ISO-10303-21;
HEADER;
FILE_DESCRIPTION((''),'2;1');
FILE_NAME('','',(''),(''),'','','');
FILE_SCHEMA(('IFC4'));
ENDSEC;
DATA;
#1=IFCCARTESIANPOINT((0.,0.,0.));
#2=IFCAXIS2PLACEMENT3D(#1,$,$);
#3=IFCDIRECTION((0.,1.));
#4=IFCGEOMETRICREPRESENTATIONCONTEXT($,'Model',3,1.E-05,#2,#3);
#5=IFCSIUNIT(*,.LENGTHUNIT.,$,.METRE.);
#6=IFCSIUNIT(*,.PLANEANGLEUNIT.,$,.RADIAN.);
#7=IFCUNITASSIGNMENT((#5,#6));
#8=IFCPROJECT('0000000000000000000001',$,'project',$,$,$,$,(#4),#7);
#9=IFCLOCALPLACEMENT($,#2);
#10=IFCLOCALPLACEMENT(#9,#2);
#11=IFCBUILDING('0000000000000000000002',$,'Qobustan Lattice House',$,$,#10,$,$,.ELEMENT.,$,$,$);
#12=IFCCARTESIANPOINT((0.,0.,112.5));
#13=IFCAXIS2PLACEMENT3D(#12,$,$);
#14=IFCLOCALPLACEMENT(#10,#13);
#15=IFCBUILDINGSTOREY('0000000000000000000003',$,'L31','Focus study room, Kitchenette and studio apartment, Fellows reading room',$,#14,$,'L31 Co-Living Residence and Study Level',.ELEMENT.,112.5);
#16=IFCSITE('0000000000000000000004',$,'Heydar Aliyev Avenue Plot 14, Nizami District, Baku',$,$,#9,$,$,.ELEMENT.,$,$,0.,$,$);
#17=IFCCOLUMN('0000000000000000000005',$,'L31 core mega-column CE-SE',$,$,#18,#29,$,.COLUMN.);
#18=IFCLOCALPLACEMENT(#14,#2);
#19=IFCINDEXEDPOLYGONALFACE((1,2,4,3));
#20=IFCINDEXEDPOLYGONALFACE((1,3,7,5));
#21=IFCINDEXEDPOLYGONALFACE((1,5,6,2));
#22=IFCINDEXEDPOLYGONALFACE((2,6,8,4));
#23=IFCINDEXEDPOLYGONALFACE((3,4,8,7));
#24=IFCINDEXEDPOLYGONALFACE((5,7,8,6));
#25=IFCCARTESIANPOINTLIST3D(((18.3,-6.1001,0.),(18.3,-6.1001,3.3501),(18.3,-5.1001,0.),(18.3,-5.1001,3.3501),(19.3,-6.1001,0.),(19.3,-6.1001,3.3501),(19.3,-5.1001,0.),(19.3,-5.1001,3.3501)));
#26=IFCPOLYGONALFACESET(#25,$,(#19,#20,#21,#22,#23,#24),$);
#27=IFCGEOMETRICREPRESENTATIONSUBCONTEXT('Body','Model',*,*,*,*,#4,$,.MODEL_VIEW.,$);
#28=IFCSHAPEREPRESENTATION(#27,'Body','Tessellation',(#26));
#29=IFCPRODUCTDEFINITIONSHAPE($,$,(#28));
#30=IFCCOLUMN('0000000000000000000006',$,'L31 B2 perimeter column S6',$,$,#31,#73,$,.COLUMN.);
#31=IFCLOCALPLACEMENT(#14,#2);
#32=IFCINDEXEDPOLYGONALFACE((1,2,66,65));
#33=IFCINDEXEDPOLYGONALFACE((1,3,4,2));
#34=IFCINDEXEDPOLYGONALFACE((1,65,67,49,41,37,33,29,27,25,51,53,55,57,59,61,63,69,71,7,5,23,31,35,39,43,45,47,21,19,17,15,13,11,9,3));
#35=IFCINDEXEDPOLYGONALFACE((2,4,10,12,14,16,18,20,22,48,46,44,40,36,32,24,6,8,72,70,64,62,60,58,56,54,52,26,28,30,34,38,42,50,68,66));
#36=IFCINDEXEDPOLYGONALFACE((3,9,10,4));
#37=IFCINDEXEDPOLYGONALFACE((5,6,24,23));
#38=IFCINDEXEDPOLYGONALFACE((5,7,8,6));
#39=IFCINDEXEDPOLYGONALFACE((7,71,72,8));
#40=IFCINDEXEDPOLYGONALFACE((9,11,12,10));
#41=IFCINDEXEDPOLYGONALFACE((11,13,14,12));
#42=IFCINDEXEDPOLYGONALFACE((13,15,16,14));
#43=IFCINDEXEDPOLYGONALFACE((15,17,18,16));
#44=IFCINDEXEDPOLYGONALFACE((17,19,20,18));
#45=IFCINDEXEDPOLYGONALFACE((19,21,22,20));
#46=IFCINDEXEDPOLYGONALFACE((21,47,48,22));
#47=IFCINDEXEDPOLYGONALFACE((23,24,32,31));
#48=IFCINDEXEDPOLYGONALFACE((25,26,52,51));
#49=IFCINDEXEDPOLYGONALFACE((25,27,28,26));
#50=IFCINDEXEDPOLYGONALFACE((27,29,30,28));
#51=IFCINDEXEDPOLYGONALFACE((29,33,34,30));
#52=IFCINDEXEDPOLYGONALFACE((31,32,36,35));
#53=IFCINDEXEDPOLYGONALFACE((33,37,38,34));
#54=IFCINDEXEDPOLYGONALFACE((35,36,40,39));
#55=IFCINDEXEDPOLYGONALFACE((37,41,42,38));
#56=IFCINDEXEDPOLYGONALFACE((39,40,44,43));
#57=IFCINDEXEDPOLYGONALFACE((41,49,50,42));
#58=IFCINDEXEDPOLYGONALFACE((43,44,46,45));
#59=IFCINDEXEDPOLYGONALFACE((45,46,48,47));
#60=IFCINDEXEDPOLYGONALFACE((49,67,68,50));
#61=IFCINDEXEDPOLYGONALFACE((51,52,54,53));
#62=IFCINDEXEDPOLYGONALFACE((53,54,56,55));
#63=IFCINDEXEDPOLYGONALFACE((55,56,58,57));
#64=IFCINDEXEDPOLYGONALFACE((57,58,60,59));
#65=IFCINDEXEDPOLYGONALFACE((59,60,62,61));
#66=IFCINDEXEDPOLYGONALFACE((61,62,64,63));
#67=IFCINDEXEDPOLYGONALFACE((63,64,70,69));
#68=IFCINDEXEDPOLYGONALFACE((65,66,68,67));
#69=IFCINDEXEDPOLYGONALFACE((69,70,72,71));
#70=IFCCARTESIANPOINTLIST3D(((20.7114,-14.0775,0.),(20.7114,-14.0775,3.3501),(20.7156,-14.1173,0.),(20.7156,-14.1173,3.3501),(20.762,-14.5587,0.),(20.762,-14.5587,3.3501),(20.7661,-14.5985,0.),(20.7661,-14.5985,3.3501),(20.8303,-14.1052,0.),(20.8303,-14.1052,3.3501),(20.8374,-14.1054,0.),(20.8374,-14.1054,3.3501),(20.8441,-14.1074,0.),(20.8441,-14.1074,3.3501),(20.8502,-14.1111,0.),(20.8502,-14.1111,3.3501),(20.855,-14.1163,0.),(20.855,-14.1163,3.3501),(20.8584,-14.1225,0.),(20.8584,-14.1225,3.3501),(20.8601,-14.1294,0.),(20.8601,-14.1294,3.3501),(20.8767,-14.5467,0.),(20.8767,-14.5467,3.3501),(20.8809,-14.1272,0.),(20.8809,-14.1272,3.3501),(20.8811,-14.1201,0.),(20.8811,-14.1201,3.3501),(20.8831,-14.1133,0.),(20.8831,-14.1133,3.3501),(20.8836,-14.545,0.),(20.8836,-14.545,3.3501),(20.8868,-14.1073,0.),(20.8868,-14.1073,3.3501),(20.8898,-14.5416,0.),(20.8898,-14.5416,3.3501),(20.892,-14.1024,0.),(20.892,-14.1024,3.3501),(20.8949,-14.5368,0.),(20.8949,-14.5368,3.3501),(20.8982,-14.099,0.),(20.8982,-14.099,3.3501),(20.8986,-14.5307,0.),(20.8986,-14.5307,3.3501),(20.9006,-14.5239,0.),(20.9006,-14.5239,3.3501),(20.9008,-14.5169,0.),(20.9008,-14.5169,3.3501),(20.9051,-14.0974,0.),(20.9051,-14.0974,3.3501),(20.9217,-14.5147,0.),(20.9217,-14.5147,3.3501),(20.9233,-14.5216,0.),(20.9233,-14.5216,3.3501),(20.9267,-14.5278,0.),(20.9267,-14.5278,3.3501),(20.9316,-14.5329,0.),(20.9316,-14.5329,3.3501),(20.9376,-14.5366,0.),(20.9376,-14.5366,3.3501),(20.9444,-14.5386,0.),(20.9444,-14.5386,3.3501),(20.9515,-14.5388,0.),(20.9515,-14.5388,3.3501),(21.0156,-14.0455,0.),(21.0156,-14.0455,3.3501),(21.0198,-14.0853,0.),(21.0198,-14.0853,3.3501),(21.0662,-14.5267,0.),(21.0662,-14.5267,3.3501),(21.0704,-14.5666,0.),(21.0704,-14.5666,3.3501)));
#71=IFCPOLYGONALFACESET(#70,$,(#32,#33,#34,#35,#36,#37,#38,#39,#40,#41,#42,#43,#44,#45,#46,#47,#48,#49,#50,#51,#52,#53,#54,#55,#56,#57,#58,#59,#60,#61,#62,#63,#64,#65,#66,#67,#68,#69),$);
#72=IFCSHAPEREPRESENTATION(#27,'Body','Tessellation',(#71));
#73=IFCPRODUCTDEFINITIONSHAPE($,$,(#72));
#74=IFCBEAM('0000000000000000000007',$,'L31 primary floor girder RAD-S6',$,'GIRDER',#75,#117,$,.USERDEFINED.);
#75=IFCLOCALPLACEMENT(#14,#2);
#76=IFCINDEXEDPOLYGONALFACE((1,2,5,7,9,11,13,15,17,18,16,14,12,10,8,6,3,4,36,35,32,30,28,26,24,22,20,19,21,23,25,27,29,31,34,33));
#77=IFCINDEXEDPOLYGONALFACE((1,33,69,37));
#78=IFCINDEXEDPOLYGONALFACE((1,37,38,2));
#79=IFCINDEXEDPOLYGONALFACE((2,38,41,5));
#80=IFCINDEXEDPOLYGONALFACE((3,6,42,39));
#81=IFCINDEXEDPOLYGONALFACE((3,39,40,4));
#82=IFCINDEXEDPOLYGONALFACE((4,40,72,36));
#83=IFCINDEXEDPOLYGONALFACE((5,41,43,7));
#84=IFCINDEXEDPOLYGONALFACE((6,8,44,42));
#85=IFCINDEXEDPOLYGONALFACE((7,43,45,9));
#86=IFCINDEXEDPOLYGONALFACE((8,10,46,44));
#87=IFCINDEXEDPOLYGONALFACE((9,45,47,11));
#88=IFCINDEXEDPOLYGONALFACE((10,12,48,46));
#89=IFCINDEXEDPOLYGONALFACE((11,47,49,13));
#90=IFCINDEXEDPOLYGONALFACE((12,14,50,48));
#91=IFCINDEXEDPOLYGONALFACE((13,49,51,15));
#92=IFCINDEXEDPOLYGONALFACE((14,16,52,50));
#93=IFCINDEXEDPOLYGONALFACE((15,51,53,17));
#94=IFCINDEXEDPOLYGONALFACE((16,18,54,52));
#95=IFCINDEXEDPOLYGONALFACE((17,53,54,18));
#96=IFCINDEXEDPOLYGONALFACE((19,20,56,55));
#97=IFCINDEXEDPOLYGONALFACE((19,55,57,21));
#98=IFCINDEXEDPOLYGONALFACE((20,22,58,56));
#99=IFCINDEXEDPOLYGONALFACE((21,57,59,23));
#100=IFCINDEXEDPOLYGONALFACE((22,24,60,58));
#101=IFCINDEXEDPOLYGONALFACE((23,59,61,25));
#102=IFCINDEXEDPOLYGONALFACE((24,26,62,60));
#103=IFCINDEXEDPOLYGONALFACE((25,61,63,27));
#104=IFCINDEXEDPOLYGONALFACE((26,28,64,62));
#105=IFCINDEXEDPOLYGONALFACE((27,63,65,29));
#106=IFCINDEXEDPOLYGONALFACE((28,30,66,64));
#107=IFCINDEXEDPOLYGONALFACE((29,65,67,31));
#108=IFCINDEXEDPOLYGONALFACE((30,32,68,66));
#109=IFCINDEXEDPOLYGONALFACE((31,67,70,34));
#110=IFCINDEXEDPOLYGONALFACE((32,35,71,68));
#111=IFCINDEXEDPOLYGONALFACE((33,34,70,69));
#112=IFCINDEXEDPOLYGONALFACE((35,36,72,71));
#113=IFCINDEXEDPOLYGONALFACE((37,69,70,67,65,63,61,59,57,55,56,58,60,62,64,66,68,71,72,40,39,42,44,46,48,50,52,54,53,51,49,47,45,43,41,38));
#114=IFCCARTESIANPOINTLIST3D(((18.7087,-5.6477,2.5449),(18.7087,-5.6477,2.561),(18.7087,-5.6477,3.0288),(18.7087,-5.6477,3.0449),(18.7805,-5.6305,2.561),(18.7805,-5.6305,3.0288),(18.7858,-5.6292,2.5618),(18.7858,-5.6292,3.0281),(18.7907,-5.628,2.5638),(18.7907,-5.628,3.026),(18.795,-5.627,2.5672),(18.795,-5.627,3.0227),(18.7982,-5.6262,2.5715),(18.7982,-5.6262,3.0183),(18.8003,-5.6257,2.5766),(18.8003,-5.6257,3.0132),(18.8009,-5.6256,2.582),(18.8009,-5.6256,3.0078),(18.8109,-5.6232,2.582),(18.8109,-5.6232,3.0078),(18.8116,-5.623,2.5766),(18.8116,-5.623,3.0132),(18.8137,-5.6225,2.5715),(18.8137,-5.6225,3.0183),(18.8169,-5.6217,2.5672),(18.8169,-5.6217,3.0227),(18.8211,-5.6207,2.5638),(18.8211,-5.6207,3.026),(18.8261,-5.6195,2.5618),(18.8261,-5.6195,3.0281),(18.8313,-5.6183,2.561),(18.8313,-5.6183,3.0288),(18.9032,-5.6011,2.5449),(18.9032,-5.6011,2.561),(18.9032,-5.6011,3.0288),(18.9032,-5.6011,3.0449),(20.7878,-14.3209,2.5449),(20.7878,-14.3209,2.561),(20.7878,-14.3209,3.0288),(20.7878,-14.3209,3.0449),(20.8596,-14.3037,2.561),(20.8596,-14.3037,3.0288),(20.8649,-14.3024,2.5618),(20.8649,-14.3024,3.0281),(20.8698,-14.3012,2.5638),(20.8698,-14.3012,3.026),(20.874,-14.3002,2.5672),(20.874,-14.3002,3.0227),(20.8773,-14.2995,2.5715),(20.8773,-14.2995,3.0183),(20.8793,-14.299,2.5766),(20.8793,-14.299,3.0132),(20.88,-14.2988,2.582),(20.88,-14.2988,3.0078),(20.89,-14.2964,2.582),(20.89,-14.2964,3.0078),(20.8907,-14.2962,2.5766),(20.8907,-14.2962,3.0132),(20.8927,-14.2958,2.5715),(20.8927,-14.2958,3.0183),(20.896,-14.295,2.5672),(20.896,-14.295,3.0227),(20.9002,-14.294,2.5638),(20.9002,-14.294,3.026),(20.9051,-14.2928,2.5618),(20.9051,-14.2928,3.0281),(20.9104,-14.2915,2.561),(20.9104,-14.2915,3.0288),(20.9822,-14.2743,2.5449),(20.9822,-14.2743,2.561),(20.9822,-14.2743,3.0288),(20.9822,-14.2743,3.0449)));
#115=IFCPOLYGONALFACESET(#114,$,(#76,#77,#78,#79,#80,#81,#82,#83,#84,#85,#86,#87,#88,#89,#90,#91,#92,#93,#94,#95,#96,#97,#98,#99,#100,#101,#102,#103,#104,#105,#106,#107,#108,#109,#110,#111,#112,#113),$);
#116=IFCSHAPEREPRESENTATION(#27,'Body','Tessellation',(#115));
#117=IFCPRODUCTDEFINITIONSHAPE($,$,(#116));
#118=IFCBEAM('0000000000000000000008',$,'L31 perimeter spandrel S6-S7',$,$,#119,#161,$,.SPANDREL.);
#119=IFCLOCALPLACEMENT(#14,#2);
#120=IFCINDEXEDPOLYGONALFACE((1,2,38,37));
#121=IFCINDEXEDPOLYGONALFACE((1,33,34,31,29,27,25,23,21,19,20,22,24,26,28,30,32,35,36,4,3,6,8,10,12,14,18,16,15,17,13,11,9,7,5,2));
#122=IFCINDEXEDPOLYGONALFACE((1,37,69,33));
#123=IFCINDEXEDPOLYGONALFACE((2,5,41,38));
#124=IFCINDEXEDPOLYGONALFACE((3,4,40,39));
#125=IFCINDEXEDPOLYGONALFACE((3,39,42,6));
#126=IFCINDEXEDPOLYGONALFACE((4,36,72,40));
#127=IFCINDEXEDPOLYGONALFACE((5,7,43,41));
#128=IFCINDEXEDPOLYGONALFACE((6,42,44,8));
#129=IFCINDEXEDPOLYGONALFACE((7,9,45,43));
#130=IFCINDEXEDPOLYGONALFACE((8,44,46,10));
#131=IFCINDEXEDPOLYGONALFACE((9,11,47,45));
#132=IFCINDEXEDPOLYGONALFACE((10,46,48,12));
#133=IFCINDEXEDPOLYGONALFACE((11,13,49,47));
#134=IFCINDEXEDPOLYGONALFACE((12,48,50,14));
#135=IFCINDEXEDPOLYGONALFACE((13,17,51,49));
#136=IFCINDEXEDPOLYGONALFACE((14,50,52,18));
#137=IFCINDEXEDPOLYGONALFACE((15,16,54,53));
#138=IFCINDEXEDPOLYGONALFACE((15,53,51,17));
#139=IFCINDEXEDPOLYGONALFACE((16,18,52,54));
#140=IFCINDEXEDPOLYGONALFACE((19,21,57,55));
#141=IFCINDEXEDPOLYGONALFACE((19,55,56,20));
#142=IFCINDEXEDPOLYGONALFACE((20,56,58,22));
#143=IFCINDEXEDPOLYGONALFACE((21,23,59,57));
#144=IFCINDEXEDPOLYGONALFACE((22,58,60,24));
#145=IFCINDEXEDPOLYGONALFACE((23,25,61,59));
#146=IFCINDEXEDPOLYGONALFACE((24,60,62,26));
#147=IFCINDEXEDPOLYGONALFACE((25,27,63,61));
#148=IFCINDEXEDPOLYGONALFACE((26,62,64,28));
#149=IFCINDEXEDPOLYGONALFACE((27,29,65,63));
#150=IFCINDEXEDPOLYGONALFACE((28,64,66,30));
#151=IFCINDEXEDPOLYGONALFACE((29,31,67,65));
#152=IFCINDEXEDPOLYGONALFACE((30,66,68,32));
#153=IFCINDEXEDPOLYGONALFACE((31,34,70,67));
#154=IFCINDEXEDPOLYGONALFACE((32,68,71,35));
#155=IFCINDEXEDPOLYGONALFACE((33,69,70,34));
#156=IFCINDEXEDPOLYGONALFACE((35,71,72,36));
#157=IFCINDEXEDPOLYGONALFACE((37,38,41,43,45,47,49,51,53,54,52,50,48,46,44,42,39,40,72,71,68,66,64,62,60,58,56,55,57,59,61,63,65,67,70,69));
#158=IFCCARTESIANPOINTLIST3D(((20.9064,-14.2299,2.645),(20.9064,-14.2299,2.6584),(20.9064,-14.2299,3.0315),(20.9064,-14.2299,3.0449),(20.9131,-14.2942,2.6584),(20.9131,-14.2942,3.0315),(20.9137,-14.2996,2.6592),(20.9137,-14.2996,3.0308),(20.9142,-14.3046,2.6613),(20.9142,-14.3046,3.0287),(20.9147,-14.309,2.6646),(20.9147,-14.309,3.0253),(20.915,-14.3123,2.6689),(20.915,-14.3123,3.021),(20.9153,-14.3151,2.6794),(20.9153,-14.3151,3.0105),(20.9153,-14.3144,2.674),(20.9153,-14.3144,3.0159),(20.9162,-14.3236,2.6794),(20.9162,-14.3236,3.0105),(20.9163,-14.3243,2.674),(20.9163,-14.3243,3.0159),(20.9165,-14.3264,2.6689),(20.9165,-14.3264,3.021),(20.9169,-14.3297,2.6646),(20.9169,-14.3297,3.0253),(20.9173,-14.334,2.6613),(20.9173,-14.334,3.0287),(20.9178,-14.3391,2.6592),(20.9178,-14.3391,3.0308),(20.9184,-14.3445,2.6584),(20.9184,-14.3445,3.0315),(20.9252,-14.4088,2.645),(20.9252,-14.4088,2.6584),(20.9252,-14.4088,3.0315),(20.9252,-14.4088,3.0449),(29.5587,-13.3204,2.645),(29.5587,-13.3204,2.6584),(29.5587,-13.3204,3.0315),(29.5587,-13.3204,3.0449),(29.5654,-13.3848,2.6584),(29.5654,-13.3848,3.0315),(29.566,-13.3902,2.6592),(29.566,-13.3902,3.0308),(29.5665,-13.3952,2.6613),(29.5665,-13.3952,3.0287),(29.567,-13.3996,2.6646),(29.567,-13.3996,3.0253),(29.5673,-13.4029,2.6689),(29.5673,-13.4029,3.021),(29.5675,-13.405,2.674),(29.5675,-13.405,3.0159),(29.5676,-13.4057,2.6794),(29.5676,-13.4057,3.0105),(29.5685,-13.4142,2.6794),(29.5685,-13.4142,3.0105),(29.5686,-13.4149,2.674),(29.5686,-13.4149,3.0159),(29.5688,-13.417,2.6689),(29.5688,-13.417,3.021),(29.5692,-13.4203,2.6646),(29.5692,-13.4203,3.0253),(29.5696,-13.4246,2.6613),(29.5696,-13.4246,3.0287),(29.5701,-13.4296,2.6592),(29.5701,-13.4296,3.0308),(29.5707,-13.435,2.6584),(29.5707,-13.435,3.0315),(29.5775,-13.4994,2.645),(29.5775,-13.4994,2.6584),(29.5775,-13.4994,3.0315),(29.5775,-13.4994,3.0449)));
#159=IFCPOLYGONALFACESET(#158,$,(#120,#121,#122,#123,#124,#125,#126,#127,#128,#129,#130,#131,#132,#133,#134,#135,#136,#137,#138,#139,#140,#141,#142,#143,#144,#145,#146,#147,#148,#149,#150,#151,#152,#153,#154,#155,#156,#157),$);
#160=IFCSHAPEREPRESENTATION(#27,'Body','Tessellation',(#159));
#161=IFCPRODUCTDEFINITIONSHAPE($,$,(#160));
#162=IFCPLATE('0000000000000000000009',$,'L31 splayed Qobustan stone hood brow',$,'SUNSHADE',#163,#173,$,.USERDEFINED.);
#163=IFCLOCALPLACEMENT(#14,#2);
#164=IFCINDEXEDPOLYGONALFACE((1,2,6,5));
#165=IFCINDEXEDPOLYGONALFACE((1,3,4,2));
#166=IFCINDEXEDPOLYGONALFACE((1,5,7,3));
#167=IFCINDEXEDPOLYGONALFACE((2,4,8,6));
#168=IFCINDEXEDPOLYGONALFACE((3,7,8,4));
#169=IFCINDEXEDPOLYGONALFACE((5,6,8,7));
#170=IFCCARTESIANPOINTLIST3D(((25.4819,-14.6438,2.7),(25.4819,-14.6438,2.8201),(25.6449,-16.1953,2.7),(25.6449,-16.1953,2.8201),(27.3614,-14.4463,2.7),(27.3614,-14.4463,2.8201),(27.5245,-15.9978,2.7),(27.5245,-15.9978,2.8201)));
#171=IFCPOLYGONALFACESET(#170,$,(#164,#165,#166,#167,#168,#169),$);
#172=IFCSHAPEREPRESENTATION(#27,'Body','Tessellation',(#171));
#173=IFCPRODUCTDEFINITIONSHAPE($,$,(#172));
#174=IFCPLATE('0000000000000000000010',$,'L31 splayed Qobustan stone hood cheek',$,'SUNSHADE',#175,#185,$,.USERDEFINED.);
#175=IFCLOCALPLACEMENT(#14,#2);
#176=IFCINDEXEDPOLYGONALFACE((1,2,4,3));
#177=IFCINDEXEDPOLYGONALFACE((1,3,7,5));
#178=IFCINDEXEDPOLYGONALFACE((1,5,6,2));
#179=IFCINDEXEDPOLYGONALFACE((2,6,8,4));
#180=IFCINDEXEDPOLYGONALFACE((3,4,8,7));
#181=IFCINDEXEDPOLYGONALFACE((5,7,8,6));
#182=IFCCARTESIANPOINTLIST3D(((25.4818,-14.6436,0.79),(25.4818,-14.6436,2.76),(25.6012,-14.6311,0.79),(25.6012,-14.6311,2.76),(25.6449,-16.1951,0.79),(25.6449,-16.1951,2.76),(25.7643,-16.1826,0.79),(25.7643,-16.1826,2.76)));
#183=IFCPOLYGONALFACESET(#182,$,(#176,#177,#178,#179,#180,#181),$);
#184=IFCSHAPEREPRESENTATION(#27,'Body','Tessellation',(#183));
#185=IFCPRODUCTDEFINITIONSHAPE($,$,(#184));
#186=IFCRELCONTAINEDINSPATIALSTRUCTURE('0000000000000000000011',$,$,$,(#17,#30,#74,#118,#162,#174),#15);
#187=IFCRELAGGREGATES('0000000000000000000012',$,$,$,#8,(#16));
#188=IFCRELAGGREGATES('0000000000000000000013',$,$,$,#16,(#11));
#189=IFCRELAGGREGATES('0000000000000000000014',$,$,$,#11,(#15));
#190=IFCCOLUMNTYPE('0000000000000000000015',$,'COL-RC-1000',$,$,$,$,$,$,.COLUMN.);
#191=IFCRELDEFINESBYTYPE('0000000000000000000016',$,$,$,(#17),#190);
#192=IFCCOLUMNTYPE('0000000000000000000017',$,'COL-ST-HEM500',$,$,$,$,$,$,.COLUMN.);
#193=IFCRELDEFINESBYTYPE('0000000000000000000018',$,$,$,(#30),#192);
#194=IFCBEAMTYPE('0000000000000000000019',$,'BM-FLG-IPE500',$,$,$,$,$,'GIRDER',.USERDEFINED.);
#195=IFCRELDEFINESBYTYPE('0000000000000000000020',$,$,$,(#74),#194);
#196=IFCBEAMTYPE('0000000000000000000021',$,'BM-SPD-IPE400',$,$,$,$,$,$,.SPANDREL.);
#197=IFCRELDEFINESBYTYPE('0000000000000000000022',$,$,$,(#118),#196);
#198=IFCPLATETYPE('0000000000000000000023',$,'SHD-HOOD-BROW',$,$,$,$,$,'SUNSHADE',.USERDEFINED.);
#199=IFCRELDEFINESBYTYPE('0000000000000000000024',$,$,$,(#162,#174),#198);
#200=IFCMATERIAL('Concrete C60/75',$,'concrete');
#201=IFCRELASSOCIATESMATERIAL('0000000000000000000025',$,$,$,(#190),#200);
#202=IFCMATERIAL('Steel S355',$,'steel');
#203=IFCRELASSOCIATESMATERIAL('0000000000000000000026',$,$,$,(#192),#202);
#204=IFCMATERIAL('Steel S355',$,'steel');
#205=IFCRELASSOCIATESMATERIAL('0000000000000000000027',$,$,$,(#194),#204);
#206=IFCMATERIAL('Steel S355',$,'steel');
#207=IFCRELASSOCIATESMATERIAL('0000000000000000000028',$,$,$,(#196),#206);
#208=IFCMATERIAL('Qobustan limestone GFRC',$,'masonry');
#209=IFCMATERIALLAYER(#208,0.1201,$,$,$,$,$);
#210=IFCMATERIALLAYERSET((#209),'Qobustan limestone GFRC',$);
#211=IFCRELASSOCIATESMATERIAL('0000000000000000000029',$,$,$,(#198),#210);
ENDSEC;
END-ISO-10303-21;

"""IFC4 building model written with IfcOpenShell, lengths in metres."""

from ifc_helpers import new_model, si_unit, direction, frame, origin, origin_2d, place, context, subcontext, project, spatial, rectangle, i_section, extrude, material, layer, layer_set, material_profile, profile_set, type_object, element, save


model = new_model("IFC4")

# Units and contexts
model_context = context("Model", 3, precision=1e-05, world=origin(), true_north=direction((0.0, 1.0)))
body_context = subcontext(model_context, "Body", "Model", "MODEL_VIEW")
ifc_project = project(units=[si_unit("LENGTHUNIT", "METRE"), si_unit("PLANEANGLEUNIT", "RADIAN")], contexts=[model_context])

# Site, building, storey
site_placement = place(None, origin())
site = spatial("IfcSite", under=ifc_project, at=site_placement, Name="Heydar Aliyev Avenue Plot 14, Nizami District, Baku", CompositionType="ELEMENT", RefElevation=0.0)
building_placement = place(site_placement, origin())
building = spatial("IfcBuilding", under=site, at=building_placement, Name="Qobustan Lattice House", CompositionType="ELEMENT")
storey_placement = place(building_placement, frame((0.0, 0.0, 112.5)))
storey = spatial("IfcBuildingStorey", under=building, at=storey_placement, Name="L31", Description="Focus study room, Kitchenette and studio apartment, Fellows reading room", LongName="L31 Co-Living Residence and Study Level", CompositionType="ELEMENT", Elevation=112.5)

# Columns
ifc_material_1 = material(Name="Concrete C60/75", Category="concrete")
ifc_material_profile_1 = material_profile(ifc_material_1, rectangle(XDim=1.0, YDim=1.0, at=origin_2d()), Name="RC1000x1000")
ifc_profile_set_1 = profile_set([ifc_material_profile_1], Name="Concrete C60/75")
column_type_1 = type_object("IfcColumnType", Name="COL-RC-1000", PredefinedType="COLUMN", material=ifc_profile_set_1)
column_1_placement = place(storey_placement, frame((18.8, -5.6001, 0.0), z_axis=(0.0, 0.0, 1.0), x_axis=(1.0, 0.0, 0.0)))
element("IfcColumn", 1, at=column_1_placement, inside=storey, type_object=column_type_1, Name="L31 core mega-column CE-SE", PredefinedType="COLUMN", context=body_context, shape_type="SweptSolid", body=[
    extrude(rectangle(XDim=1.0, YDim=1.0, at=origin_2d()), origin(), (0.0, 0.0, 1.0), 3.3501),
])
ifc_material_2 = material(Name="Steel S355", Category="steel")
ifc_material_profile_2 = material_profile(ifc_material_2, i_section(OverallWidth=0.3059, OverallDepth=0.5239, WebThickness=0.021, FlangeThickness=0.04, FilletRadius=0.0271, at=origin_2d()), Name="HEM500")
ifc_profile_set_2 = profile_set([ifc_material_profile_2], Name="Steel S355")
column_type_2 = type_object("IfcColumnType", Name="COL-ST-HEM500", PredefinedType="COLUMN", material=ifc_profile_set_2)
column_2_placement = place(storey_placement, frame((20.8909, -14.322, 0.0), z_axis=(0.0, 0.0, 1.0), x_axis=(0.994522, 0.104528, 0.0)))
element("IfcColumn", 2, at=column_2_placement, inside=storey, type_object=column_type_2, Name="L31 B2 perimeter column S6", PredefinedType="COLUMN", context=body_context, shape_type="SweptSolid", body=[
    extrude(i_section(OverallWidth=0.3059, OverallDepth=0.5239, WebThickness=0.021, FlangeThickness=0.04, FilletRadius=0.0271, at=origin_2d()), origin(), (0.0, 0.0, 1.0), 3.3501),
])

# Beams
ifc_material_3 = material(Name="Steel S355", Category="steel")
ifc_material_profile_3 = material_profile(ifc_material_3, i_section(OverallWidth=0.2, OverallDepth=0.5, WebThickness=0.0103, FlangeThickness=0.0161, FilletRadius=0.021, at=origin_2d()), Name="IPE500")
ifc_profile_set_3 = profile_set([ifc_material_profile_3], Name="Steel S355")
beam_type_1 = type_object("IfcBeamType", Name="BM-FLG-IPE500", ElementType="GIRDER", PredefinedType="USERDEFINED", material=ifc_profile_set_3)
beam_1_placement = place(storey_placement, frame((20.885, -14.2976, 2.7949), z_axis=(-0.233108, 0.972451, 0.0), x_axis=(-0.972451, -0.233108, 0.0)))
element("IfcBeam", 3, at=beam_1_placement, inside=storey, type_object=beam_type_1, Name="L31 primary floor girder RAD-S6", ObjectType="GIRDER", PredefinedType="USERDEFINED", context=body_context, shape_type="SweptSolid", body=[
    extrude(i_section(OverallWidth=0.2, OverallDepth=0.5, WebThickness=0.0103, FlangeThickness=0.0161, FilletRadius=0.021, at=origin_2d()), origin(), (0.0, 0.0, 1.0), 8.9189),
])
ifc_material_4 = material(Name="Steel S355", Category="steel")
ifc_material_profile_4 = material_profile(ifc_material_4, i_section(OverallWidth=0.1799, OverallDepth=0.3999, WebThickness=0.0085, FlangeThickness=0.0134, FilletRadius=0.021, at=origin_2d()), Name="IPE400")
ifc_profile_set_4 = profile_set([ifc_material_profile_4], Name="Steel S355")
beam_type_2 = type_object("IfcBeamType", Name="BM-SPD-IPE400", PredefinedType="SPANDREL", material=ifc_profile_set_4)
beam_2_placement = place(storey_placement, frame((20.9158, -14.3193, 2.845), z_axis=(0.994522, 0.104531, 0.0), x_axis=(-0.104531, 0.994522, 0.0)))
element("IfcBeam", 4, at=beam_2_placement, inside=storey, type_object=beam_type_2, Name="L31 perimeter spandrel S6-S7", PredefinedType="SPANDREL", context=body_context, shape_type="SweptSolid", body=[
    extrude(i_section(OverallWidth=0.1799, OverallDepth=0.3999, WebThickness=0.0085, FlangeThickness=0.0134, FilletRadius=0.021, at=origin_2d()), origin(), (0.0, 0.0, 1.0), 8.7),
])

# Plates
ifc_material_5 = material(Name="Qobustan limestone GFRC", Category="masonry")
ifc_layer_1 = layer(ifc_material_5, 0.1201)
ifc_layer_set_1 = layer_set([ifc_layer_1], Name="Qobustan limestone GFRC")
plate_type = type_object("IfcPlateType", Name="SHD-HOOD-BROW", ElementType="SUNSHADE", PredefinedType="USERDEFINED", material=ifc_layer_set_1)
plate_1_placement = place(storey_placement, frame((26.5032, -15.3208, 2.7), z_axis=(0.0, 0.0, 1.0), x_axis=(-0.994522, -0.104528, 0.0)))
element("IfcPlate", 5, at=plate_1_placement, inside=storey, type_object=plate_type, Name="L31 splayed Qobustan stone hood brow", ObjectType="SUNSHADE", PredefinedType="USERDEFINED", context=body_context, shape_type="SweptSolid", body=[
    extrude(rectangle(XDim=1.8899, YDim=1.5601, at=origin_2d()), origin(), (0.0, 0.0, 1.0), 0.1201),
])
plate_2_placement = place(storey_placement, frame((25.623, -15.4131, 0.79), z_axis=(0.0, 0.0, 1.0), x_axis=(-0.994522, -0.104528, 0.0)))
element("IfcPlate", 6, at=plate_2_placement, inside=storey, type_object=plate_type, Name="L31 splayed Qobustan stone hood cheek", ObjectType="SUNSHADE", PredefinedType="USERDEFINED", context=body_context, shape_type="SweptSolid", body=[
    extrude(rectangle(XDim=0.1201, YDim=1.5601, at=origin_2d()), origin(), (0.0, 0.0, 1.0), 1.97),
])

save(model, "model.ifc")
